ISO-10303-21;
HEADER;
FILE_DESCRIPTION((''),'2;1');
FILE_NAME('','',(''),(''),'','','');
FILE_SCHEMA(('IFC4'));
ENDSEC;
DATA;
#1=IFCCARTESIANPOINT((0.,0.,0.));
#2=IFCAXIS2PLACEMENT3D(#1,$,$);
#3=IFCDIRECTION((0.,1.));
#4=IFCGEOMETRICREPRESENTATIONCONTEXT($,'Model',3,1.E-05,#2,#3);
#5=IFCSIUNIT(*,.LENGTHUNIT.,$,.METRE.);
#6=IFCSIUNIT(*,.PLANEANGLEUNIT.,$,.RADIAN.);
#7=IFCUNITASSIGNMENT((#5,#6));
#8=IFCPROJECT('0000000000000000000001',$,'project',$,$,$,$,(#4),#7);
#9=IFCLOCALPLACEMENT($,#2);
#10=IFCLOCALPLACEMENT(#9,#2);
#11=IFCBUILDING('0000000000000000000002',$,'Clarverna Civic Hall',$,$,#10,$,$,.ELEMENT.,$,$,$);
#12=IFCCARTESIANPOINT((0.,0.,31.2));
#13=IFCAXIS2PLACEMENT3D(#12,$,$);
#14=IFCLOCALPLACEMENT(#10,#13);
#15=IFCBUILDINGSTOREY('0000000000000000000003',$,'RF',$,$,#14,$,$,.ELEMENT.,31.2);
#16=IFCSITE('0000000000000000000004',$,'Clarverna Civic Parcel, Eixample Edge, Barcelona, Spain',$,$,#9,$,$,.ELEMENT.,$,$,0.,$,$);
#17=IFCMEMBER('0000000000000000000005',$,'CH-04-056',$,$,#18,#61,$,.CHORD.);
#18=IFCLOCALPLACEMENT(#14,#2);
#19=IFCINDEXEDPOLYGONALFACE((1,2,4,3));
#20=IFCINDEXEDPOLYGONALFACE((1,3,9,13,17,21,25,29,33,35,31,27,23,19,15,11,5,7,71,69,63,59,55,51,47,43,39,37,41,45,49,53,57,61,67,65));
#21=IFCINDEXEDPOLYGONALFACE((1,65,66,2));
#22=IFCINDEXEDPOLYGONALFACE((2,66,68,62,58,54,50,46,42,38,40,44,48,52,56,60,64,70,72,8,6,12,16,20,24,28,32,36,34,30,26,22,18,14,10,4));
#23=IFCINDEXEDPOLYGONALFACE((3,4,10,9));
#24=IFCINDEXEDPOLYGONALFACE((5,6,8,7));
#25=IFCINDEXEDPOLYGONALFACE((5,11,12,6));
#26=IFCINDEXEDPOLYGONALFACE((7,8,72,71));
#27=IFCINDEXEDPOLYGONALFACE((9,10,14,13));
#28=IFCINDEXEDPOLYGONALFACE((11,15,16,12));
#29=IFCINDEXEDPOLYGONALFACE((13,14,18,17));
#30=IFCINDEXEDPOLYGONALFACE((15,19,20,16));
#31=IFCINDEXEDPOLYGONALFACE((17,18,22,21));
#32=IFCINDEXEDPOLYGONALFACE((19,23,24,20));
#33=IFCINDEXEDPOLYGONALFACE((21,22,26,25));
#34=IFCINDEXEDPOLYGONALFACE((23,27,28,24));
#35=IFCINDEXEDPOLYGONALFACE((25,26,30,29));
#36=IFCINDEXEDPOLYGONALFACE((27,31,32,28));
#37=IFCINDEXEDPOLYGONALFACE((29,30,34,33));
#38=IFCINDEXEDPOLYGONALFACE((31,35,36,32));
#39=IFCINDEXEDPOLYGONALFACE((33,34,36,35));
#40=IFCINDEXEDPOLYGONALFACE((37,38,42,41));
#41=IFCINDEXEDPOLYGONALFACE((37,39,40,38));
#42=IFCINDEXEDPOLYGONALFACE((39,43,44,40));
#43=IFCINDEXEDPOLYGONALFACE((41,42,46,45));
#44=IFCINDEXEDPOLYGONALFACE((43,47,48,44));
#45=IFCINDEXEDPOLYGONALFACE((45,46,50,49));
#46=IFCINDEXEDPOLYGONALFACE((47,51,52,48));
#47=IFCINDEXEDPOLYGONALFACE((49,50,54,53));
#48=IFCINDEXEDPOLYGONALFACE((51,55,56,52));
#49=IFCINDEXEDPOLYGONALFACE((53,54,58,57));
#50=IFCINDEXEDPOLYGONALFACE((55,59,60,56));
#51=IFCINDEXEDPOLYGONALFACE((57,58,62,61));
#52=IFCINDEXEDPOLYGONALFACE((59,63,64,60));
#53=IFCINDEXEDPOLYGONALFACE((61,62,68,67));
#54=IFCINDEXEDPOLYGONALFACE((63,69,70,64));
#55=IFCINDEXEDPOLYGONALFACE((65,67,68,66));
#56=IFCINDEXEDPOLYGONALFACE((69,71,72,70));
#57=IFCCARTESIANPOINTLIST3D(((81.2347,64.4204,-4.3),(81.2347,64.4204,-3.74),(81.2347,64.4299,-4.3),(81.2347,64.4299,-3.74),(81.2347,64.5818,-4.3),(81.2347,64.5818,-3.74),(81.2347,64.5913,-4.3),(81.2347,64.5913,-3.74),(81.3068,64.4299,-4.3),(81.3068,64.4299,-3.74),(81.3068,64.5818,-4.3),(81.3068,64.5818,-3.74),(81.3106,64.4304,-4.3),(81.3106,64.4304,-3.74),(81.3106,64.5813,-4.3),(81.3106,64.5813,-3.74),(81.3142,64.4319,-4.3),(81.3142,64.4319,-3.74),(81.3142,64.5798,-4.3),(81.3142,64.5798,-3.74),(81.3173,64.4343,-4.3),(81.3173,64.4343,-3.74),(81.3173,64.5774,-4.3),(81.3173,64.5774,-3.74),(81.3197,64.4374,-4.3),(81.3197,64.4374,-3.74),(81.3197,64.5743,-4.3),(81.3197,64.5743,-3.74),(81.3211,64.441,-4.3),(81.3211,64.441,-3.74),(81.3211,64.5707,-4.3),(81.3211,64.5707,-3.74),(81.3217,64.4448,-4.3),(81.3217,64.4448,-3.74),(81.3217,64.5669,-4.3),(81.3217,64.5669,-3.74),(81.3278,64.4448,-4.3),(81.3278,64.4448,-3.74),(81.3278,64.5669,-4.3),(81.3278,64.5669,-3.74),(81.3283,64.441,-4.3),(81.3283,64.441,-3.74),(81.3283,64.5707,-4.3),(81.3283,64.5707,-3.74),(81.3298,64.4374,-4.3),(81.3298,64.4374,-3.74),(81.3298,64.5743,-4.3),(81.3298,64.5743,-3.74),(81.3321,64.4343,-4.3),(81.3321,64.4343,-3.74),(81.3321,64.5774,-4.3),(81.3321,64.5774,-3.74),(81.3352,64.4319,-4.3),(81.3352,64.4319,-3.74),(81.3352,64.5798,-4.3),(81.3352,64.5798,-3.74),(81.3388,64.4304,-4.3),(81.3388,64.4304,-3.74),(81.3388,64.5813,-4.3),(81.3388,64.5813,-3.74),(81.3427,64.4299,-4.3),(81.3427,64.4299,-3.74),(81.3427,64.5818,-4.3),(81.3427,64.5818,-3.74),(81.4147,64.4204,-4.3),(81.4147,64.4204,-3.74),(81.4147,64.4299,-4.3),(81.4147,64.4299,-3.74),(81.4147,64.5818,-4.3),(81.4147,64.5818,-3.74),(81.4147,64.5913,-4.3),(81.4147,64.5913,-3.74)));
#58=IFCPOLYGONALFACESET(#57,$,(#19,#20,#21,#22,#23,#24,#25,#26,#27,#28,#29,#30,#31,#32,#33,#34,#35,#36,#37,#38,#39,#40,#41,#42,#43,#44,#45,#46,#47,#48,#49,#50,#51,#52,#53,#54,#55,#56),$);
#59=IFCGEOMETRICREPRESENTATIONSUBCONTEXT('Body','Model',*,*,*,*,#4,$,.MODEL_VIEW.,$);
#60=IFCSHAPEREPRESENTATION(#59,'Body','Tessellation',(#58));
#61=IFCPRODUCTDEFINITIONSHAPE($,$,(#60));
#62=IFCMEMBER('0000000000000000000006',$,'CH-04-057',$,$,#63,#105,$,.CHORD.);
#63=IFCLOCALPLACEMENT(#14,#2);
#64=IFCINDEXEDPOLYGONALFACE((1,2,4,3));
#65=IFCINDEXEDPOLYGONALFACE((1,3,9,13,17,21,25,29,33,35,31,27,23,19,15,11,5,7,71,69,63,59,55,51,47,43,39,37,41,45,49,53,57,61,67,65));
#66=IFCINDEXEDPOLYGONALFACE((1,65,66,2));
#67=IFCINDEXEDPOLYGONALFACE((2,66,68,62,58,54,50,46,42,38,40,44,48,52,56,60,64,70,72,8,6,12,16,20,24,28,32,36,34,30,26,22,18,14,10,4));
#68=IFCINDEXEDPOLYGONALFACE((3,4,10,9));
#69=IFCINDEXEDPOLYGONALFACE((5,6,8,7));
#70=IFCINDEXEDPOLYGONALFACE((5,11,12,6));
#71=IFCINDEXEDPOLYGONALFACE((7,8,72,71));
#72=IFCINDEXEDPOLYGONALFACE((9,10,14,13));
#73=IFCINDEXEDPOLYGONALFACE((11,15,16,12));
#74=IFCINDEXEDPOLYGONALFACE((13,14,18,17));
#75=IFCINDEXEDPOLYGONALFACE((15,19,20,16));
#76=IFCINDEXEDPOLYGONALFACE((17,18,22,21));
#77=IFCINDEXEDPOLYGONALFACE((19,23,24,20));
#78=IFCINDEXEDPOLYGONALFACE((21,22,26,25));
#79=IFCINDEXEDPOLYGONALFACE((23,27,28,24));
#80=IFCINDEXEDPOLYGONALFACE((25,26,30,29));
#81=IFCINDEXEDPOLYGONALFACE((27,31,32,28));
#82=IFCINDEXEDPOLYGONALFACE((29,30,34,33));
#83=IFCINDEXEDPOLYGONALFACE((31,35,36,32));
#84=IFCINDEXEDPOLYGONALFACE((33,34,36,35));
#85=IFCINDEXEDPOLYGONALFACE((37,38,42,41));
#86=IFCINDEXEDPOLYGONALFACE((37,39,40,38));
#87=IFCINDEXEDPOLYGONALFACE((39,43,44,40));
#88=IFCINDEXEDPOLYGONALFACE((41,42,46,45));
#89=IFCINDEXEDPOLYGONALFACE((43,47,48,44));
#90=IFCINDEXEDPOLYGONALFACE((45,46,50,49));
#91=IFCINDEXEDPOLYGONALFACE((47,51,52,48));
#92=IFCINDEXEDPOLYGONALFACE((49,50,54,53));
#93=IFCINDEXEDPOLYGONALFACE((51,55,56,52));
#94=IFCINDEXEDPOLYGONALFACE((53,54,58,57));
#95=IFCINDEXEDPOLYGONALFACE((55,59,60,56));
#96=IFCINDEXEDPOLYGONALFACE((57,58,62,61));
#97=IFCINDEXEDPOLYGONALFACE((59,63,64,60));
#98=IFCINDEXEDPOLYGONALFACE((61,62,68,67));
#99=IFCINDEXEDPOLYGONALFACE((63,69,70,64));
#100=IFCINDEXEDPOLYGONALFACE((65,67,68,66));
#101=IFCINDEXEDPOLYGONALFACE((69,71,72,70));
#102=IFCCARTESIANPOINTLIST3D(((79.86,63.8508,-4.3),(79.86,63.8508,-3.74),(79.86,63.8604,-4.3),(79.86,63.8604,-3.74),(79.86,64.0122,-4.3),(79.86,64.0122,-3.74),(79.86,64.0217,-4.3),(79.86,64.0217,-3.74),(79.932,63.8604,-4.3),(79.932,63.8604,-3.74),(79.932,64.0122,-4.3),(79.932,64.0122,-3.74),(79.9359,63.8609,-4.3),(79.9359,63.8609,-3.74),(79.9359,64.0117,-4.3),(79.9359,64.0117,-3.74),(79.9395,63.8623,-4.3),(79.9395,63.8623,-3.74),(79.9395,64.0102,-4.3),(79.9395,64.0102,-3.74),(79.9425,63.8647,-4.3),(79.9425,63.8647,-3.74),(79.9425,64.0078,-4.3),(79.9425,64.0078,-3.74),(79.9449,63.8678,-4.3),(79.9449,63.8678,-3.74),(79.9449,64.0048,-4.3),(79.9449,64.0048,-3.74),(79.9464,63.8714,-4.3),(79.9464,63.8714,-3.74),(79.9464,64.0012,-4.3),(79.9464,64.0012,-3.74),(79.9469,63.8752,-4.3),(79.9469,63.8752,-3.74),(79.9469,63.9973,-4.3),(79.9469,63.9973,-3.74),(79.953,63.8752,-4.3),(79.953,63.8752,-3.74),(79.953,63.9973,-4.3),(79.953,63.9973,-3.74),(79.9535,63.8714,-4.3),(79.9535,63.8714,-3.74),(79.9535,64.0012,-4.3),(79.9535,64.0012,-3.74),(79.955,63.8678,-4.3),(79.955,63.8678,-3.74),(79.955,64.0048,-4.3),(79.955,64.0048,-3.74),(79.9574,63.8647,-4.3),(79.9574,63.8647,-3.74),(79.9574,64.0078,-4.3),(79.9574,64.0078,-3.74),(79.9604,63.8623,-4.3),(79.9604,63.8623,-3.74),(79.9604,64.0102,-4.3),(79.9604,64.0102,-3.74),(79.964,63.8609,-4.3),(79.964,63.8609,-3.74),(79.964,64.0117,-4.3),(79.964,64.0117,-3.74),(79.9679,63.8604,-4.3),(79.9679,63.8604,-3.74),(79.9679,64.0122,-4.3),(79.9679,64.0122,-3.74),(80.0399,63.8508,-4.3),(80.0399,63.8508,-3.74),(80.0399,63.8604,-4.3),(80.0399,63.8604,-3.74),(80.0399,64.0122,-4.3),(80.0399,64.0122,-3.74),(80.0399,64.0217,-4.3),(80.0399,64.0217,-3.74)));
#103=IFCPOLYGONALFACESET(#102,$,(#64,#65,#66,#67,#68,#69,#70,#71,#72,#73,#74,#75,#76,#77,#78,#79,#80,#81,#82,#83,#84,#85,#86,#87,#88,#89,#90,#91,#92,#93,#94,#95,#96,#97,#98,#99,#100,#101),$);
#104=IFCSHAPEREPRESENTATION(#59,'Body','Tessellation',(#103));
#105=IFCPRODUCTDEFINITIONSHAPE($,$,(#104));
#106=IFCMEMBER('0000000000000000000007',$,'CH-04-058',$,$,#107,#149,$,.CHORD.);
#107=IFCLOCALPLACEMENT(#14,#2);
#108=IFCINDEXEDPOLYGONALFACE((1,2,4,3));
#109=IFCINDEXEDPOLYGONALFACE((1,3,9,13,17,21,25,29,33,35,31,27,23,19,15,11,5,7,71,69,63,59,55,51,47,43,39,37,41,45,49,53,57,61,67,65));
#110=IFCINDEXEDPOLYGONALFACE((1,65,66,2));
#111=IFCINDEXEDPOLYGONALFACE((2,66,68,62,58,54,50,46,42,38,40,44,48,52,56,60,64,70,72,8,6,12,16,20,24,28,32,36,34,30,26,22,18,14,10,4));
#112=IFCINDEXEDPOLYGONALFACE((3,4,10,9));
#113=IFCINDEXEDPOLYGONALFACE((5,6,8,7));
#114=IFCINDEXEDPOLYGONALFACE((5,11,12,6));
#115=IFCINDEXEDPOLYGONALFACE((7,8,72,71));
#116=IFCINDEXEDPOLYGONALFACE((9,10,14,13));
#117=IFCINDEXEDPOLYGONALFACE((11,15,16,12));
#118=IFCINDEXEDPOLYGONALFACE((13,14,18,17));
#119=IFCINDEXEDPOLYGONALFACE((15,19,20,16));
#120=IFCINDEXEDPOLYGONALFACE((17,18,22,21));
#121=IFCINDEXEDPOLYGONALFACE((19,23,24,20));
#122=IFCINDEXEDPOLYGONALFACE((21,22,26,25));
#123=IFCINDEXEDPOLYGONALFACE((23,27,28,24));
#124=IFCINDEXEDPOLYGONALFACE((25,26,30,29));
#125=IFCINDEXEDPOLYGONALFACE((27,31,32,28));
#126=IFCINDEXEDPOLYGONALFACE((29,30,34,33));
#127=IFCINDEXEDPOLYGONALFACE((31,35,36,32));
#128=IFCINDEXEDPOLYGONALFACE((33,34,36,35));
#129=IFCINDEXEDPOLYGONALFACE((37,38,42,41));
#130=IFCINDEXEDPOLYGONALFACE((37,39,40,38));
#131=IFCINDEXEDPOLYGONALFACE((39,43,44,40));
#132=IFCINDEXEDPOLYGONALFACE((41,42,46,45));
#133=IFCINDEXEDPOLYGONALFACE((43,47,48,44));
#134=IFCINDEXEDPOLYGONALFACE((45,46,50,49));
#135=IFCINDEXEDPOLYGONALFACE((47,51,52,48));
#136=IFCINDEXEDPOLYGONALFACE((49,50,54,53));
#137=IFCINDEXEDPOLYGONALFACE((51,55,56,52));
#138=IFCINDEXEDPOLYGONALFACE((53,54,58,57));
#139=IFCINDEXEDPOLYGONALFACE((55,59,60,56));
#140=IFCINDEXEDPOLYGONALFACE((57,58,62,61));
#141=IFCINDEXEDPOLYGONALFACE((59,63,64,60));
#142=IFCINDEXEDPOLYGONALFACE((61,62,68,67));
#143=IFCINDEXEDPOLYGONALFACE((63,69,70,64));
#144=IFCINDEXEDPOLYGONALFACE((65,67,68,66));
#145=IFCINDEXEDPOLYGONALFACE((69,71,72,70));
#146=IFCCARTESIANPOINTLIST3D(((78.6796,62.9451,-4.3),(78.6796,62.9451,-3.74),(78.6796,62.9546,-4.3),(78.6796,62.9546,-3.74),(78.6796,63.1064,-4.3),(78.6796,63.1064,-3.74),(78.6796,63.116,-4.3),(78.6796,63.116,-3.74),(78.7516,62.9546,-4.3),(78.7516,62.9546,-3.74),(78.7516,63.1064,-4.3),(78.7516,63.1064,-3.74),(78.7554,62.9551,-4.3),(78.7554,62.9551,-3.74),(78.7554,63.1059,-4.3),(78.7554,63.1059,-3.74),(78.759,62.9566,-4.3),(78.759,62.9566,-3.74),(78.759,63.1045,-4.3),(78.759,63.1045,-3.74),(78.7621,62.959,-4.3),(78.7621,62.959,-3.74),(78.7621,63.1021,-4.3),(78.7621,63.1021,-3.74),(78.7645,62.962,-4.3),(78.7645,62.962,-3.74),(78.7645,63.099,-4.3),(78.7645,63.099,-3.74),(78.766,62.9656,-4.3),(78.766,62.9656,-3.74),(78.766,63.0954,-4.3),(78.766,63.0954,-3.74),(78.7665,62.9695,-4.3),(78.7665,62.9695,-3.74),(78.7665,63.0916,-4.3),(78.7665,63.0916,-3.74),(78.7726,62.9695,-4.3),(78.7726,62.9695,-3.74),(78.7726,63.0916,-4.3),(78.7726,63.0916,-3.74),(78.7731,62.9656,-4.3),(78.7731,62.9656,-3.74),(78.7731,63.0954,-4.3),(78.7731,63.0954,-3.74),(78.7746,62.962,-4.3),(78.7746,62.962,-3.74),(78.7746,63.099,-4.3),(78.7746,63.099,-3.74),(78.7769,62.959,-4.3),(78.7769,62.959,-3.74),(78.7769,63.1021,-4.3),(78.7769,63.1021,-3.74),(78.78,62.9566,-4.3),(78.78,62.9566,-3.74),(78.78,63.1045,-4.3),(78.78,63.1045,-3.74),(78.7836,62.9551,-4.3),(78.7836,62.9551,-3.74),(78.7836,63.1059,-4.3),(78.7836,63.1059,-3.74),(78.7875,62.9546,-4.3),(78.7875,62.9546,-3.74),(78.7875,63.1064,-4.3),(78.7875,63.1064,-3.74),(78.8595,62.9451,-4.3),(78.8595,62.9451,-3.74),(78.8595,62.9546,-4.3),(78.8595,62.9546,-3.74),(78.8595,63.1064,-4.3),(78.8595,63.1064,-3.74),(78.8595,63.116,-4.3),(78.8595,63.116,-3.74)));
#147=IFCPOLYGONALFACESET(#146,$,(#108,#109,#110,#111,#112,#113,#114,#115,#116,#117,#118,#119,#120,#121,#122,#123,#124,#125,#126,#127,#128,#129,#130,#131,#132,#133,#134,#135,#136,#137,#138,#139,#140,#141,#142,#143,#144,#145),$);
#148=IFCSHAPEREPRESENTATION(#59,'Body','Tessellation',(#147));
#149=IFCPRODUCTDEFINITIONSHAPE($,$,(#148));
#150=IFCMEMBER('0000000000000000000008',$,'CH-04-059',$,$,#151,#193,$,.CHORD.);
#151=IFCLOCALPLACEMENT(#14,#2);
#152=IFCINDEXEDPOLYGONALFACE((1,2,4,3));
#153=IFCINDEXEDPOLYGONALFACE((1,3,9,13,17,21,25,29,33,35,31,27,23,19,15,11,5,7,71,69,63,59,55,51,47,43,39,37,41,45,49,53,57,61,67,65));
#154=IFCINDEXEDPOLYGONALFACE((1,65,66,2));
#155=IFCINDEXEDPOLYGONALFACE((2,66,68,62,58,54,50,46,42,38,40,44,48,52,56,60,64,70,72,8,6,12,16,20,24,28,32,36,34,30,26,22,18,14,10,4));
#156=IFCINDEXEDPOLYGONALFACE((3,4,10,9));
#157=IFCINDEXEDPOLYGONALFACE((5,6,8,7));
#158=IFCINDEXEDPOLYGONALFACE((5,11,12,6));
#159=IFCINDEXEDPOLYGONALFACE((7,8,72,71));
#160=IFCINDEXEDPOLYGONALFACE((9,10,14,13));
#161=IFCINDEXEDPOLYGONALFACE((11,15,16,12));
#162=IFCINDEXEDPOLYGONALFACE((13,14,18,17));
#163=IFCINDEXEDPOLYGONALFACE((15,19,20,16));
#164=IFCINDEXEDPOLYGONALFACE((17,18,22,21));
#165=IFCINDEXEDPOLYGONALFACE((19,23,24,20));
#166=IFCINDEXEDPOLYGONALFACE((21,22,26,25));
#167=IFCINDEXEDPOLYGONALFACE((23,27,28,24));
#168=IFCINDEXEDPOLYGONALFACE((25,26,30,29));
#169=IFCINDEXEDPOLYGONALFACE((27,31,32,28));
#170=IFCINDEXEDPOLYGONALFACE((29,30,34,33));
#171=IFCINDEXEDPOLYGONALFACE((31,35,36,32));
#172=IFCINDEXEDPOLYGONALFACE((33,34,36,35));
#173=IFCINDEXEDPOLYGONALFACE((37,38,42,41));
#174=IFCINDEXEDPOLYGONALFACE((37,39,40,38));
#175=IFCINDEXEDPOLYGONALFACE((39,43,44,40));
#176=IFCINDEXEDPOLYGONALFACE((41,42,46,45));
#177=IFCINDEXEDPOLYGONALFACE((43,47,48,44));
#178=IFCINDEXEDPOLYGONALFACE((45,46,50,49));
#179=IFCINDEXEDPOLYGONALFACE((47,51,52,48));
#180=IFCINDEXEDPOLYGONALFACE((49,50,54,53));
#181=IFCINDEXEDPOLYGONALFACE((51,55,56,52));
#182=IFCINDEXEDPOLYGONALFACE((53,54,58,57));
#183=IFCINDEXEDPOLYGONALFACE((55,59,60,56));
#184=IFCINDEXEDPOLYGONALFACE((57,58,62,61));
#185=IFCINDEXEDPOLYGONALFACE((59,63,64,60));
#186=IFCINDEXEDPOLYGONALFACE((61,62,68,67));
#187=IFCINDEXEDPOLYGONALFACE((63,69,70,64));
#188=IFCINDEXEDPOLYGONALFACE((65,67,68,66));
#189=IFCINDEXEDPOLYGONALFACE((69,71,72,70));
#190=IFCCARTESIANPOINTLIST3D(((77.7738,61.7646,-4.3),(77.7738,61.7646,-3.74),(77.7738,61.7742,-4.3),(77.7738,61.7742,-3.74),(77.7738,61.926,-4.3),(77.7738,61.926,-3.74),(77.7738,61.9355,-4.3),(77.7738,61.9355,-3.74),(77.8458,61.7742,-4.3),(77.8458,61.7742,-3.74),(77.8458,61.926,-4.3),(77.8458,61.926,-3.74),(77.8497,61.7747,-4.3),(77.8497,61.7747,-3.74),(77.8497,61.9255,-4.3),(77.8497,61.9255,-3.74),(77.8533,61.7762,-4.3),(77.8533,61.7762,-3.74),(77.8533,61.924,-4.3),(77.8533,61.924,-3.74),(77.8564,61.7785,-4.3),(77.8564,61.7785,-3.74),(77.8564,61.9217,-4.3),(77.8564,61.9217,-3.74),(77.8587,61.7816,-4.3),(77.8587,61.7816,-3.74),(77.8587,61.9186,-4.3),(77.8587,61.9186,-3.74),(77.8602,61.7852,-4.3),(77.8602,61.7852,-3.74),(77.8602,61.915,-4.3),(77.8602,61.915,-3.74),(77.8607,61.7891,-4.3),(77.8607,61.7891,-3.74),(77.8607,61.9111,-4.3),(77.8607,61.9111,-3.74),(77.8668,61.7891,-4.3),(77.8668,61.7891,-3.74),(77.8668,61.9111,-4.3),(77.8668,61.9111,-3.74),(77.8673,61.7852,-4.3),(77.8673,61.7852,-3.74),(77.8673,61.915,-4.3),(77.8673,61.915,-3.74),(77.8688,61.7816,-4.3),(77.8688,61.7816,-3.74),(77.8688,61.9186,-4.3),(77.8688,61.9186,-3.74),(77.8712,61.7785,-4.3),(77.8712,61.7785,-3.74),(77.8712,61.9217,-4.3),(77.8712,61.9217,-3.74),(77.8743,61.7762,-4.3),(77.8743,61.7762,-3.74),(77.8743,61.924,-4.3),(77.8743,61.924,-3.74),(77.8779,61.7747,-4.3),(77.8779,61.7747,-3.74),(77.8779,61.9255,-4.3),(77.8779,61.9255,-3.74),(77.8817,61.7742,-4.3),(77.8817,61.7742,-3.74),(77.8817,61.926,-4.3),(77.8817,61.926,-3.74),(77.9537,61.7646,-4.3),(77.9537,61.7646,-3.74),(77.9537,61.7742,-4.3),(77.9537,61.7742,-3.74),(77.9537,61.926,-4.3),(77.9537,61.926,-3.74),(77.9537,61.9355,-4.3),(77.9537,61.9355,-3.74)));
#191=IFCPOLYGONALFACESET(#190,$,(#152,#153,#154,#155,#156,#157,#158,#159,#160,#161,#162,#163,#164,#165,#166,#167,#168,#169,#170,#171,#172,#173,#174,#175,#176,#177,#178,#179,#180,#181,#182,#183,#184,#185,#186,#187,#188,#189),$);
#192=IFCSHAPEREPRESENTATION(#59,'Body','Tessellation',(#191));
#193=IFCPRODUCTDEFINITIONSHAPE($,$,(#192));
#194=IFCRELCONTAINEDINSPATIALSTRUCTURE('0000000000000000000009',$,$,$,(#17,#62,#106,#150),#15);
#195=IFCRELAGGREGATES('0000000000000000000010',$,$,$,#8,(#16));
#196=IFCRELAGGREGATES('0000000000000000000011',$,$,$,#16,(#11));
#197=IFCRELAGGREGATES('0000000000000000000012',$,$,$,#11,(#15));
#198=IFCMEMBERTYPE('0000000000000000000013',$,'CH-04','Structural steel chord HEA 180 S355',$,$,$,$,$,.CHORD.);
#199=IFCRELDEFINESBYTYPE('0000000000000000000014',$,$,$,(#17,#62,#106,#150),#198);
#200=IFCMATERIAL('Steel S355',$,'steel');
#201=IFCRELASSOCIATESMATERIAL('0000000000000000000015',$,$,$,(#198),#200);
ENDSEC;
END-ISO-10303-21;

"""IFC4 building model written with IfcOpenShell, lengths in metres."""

from ifc_helpers import new_model, si_unit, direction, frame, origin, origin_2d, place, context, subcontext, project, spatial, i_section, extrude, material, material_profile, profile_set, type_object, element, save


model = new_model("IFC4")

# Units and contexts
model_context = context("Model", 3, precision=1e-05, world=origin(), true_north=direction((0.0, 1.0)))
body_context = subcontext(model_context, "Body", "Model", "MODEL_VIEW")
ifc_project = project(units=[si_unit("LENGTHUNIT", "METRE"), si_unit("PLANEANGLEUNIT", "RADIAN")], contexts=[model_context])

# Site, building, storey
site_placement = place(None, origin())
site = spatial("IfcSite", under=ifc_project, at=site_placement, Name="Clarverna Civic Parcel, Eixample Edge, Barcelona, Spain", CompositionType="ELEMENT", RefElevation=0.0)
building_placement = place(site_placement, origin())
building = spatial("IfcBuilding", under=site, at=building_placement, Name="Clarverna Civic Hall", CompositionType="ELEMENT")
storey_placement = place(building_placement, frame((0.0, 0.0, 31.2)))
storey = spatial("IfcBuildingStorey", under=building, at=storey_placement, Name="RF", CompositionType="ELEMENT", Elevation=31.2)

# Members
ifc_material_1 = material(Name="Steel S355", Category="steel")
ifc_material_profile_1 = material_profile(ifc_material_1, i_section(OverallWidth=0.1799, OverallDepth=0.1709, WebThickness=0.0061, FlangeThickness=0.0095, FilletRadius=0.0149, at=origin_2d()), Name="HEA 180")
ifc_profile_set_1 = profile_set([ifc_material_profile_1], Name="Steel S355")
member_type_1 = type_object("IfcMemberType", Name="CH-04", Description="Structural steel chord HEA 180 S355", PredefinedType="CHORD", material=ifc_profile_set_1)
for number, where, z_axis, x_axis, name in (
    (1, (81.3247, 64.5059, -4.3), (0.0, 0.0, 1.0), (1.0, 0.0, 0.0), "CH-04-056"),
    (2, (79.95, 63.9363, -4.3), (0.0, 0.0, 1.0), (1.0, 0.0, 0.0), "CH-04-057"),
    (3, (78.7695, 63.0305, -4.3), (0.0, 0.0, 1.0), (1.0, 0.0, 0.0), "CH-04-058"),
    (4, (77.8638, 61.8501, -4.3), (0.0, 0.0, 1.0), (1.0, 0.0, 0.0), "CH-04-059"),
):
    element("IfcMember", number, at=place(storey_placement, frame(where, z_axis=z_axis, x_axis=x_axis)), inside=storey, type_object=member_type_1, Name=name, PredefinedType="CHORD", context=body_context, shape_type="SweptSolid", body=[
        extrude(i_section(OverallWidth=0.1799, OverallDepth=0.1709, WebThickness=0.0061, FlangeThickness=0.0095, FilletRadius=0.0149, at=origin_2d()), origin(), (0.0, 0.0, 1.0), 0.5601),
    ])

save(model, "model.ifc")
